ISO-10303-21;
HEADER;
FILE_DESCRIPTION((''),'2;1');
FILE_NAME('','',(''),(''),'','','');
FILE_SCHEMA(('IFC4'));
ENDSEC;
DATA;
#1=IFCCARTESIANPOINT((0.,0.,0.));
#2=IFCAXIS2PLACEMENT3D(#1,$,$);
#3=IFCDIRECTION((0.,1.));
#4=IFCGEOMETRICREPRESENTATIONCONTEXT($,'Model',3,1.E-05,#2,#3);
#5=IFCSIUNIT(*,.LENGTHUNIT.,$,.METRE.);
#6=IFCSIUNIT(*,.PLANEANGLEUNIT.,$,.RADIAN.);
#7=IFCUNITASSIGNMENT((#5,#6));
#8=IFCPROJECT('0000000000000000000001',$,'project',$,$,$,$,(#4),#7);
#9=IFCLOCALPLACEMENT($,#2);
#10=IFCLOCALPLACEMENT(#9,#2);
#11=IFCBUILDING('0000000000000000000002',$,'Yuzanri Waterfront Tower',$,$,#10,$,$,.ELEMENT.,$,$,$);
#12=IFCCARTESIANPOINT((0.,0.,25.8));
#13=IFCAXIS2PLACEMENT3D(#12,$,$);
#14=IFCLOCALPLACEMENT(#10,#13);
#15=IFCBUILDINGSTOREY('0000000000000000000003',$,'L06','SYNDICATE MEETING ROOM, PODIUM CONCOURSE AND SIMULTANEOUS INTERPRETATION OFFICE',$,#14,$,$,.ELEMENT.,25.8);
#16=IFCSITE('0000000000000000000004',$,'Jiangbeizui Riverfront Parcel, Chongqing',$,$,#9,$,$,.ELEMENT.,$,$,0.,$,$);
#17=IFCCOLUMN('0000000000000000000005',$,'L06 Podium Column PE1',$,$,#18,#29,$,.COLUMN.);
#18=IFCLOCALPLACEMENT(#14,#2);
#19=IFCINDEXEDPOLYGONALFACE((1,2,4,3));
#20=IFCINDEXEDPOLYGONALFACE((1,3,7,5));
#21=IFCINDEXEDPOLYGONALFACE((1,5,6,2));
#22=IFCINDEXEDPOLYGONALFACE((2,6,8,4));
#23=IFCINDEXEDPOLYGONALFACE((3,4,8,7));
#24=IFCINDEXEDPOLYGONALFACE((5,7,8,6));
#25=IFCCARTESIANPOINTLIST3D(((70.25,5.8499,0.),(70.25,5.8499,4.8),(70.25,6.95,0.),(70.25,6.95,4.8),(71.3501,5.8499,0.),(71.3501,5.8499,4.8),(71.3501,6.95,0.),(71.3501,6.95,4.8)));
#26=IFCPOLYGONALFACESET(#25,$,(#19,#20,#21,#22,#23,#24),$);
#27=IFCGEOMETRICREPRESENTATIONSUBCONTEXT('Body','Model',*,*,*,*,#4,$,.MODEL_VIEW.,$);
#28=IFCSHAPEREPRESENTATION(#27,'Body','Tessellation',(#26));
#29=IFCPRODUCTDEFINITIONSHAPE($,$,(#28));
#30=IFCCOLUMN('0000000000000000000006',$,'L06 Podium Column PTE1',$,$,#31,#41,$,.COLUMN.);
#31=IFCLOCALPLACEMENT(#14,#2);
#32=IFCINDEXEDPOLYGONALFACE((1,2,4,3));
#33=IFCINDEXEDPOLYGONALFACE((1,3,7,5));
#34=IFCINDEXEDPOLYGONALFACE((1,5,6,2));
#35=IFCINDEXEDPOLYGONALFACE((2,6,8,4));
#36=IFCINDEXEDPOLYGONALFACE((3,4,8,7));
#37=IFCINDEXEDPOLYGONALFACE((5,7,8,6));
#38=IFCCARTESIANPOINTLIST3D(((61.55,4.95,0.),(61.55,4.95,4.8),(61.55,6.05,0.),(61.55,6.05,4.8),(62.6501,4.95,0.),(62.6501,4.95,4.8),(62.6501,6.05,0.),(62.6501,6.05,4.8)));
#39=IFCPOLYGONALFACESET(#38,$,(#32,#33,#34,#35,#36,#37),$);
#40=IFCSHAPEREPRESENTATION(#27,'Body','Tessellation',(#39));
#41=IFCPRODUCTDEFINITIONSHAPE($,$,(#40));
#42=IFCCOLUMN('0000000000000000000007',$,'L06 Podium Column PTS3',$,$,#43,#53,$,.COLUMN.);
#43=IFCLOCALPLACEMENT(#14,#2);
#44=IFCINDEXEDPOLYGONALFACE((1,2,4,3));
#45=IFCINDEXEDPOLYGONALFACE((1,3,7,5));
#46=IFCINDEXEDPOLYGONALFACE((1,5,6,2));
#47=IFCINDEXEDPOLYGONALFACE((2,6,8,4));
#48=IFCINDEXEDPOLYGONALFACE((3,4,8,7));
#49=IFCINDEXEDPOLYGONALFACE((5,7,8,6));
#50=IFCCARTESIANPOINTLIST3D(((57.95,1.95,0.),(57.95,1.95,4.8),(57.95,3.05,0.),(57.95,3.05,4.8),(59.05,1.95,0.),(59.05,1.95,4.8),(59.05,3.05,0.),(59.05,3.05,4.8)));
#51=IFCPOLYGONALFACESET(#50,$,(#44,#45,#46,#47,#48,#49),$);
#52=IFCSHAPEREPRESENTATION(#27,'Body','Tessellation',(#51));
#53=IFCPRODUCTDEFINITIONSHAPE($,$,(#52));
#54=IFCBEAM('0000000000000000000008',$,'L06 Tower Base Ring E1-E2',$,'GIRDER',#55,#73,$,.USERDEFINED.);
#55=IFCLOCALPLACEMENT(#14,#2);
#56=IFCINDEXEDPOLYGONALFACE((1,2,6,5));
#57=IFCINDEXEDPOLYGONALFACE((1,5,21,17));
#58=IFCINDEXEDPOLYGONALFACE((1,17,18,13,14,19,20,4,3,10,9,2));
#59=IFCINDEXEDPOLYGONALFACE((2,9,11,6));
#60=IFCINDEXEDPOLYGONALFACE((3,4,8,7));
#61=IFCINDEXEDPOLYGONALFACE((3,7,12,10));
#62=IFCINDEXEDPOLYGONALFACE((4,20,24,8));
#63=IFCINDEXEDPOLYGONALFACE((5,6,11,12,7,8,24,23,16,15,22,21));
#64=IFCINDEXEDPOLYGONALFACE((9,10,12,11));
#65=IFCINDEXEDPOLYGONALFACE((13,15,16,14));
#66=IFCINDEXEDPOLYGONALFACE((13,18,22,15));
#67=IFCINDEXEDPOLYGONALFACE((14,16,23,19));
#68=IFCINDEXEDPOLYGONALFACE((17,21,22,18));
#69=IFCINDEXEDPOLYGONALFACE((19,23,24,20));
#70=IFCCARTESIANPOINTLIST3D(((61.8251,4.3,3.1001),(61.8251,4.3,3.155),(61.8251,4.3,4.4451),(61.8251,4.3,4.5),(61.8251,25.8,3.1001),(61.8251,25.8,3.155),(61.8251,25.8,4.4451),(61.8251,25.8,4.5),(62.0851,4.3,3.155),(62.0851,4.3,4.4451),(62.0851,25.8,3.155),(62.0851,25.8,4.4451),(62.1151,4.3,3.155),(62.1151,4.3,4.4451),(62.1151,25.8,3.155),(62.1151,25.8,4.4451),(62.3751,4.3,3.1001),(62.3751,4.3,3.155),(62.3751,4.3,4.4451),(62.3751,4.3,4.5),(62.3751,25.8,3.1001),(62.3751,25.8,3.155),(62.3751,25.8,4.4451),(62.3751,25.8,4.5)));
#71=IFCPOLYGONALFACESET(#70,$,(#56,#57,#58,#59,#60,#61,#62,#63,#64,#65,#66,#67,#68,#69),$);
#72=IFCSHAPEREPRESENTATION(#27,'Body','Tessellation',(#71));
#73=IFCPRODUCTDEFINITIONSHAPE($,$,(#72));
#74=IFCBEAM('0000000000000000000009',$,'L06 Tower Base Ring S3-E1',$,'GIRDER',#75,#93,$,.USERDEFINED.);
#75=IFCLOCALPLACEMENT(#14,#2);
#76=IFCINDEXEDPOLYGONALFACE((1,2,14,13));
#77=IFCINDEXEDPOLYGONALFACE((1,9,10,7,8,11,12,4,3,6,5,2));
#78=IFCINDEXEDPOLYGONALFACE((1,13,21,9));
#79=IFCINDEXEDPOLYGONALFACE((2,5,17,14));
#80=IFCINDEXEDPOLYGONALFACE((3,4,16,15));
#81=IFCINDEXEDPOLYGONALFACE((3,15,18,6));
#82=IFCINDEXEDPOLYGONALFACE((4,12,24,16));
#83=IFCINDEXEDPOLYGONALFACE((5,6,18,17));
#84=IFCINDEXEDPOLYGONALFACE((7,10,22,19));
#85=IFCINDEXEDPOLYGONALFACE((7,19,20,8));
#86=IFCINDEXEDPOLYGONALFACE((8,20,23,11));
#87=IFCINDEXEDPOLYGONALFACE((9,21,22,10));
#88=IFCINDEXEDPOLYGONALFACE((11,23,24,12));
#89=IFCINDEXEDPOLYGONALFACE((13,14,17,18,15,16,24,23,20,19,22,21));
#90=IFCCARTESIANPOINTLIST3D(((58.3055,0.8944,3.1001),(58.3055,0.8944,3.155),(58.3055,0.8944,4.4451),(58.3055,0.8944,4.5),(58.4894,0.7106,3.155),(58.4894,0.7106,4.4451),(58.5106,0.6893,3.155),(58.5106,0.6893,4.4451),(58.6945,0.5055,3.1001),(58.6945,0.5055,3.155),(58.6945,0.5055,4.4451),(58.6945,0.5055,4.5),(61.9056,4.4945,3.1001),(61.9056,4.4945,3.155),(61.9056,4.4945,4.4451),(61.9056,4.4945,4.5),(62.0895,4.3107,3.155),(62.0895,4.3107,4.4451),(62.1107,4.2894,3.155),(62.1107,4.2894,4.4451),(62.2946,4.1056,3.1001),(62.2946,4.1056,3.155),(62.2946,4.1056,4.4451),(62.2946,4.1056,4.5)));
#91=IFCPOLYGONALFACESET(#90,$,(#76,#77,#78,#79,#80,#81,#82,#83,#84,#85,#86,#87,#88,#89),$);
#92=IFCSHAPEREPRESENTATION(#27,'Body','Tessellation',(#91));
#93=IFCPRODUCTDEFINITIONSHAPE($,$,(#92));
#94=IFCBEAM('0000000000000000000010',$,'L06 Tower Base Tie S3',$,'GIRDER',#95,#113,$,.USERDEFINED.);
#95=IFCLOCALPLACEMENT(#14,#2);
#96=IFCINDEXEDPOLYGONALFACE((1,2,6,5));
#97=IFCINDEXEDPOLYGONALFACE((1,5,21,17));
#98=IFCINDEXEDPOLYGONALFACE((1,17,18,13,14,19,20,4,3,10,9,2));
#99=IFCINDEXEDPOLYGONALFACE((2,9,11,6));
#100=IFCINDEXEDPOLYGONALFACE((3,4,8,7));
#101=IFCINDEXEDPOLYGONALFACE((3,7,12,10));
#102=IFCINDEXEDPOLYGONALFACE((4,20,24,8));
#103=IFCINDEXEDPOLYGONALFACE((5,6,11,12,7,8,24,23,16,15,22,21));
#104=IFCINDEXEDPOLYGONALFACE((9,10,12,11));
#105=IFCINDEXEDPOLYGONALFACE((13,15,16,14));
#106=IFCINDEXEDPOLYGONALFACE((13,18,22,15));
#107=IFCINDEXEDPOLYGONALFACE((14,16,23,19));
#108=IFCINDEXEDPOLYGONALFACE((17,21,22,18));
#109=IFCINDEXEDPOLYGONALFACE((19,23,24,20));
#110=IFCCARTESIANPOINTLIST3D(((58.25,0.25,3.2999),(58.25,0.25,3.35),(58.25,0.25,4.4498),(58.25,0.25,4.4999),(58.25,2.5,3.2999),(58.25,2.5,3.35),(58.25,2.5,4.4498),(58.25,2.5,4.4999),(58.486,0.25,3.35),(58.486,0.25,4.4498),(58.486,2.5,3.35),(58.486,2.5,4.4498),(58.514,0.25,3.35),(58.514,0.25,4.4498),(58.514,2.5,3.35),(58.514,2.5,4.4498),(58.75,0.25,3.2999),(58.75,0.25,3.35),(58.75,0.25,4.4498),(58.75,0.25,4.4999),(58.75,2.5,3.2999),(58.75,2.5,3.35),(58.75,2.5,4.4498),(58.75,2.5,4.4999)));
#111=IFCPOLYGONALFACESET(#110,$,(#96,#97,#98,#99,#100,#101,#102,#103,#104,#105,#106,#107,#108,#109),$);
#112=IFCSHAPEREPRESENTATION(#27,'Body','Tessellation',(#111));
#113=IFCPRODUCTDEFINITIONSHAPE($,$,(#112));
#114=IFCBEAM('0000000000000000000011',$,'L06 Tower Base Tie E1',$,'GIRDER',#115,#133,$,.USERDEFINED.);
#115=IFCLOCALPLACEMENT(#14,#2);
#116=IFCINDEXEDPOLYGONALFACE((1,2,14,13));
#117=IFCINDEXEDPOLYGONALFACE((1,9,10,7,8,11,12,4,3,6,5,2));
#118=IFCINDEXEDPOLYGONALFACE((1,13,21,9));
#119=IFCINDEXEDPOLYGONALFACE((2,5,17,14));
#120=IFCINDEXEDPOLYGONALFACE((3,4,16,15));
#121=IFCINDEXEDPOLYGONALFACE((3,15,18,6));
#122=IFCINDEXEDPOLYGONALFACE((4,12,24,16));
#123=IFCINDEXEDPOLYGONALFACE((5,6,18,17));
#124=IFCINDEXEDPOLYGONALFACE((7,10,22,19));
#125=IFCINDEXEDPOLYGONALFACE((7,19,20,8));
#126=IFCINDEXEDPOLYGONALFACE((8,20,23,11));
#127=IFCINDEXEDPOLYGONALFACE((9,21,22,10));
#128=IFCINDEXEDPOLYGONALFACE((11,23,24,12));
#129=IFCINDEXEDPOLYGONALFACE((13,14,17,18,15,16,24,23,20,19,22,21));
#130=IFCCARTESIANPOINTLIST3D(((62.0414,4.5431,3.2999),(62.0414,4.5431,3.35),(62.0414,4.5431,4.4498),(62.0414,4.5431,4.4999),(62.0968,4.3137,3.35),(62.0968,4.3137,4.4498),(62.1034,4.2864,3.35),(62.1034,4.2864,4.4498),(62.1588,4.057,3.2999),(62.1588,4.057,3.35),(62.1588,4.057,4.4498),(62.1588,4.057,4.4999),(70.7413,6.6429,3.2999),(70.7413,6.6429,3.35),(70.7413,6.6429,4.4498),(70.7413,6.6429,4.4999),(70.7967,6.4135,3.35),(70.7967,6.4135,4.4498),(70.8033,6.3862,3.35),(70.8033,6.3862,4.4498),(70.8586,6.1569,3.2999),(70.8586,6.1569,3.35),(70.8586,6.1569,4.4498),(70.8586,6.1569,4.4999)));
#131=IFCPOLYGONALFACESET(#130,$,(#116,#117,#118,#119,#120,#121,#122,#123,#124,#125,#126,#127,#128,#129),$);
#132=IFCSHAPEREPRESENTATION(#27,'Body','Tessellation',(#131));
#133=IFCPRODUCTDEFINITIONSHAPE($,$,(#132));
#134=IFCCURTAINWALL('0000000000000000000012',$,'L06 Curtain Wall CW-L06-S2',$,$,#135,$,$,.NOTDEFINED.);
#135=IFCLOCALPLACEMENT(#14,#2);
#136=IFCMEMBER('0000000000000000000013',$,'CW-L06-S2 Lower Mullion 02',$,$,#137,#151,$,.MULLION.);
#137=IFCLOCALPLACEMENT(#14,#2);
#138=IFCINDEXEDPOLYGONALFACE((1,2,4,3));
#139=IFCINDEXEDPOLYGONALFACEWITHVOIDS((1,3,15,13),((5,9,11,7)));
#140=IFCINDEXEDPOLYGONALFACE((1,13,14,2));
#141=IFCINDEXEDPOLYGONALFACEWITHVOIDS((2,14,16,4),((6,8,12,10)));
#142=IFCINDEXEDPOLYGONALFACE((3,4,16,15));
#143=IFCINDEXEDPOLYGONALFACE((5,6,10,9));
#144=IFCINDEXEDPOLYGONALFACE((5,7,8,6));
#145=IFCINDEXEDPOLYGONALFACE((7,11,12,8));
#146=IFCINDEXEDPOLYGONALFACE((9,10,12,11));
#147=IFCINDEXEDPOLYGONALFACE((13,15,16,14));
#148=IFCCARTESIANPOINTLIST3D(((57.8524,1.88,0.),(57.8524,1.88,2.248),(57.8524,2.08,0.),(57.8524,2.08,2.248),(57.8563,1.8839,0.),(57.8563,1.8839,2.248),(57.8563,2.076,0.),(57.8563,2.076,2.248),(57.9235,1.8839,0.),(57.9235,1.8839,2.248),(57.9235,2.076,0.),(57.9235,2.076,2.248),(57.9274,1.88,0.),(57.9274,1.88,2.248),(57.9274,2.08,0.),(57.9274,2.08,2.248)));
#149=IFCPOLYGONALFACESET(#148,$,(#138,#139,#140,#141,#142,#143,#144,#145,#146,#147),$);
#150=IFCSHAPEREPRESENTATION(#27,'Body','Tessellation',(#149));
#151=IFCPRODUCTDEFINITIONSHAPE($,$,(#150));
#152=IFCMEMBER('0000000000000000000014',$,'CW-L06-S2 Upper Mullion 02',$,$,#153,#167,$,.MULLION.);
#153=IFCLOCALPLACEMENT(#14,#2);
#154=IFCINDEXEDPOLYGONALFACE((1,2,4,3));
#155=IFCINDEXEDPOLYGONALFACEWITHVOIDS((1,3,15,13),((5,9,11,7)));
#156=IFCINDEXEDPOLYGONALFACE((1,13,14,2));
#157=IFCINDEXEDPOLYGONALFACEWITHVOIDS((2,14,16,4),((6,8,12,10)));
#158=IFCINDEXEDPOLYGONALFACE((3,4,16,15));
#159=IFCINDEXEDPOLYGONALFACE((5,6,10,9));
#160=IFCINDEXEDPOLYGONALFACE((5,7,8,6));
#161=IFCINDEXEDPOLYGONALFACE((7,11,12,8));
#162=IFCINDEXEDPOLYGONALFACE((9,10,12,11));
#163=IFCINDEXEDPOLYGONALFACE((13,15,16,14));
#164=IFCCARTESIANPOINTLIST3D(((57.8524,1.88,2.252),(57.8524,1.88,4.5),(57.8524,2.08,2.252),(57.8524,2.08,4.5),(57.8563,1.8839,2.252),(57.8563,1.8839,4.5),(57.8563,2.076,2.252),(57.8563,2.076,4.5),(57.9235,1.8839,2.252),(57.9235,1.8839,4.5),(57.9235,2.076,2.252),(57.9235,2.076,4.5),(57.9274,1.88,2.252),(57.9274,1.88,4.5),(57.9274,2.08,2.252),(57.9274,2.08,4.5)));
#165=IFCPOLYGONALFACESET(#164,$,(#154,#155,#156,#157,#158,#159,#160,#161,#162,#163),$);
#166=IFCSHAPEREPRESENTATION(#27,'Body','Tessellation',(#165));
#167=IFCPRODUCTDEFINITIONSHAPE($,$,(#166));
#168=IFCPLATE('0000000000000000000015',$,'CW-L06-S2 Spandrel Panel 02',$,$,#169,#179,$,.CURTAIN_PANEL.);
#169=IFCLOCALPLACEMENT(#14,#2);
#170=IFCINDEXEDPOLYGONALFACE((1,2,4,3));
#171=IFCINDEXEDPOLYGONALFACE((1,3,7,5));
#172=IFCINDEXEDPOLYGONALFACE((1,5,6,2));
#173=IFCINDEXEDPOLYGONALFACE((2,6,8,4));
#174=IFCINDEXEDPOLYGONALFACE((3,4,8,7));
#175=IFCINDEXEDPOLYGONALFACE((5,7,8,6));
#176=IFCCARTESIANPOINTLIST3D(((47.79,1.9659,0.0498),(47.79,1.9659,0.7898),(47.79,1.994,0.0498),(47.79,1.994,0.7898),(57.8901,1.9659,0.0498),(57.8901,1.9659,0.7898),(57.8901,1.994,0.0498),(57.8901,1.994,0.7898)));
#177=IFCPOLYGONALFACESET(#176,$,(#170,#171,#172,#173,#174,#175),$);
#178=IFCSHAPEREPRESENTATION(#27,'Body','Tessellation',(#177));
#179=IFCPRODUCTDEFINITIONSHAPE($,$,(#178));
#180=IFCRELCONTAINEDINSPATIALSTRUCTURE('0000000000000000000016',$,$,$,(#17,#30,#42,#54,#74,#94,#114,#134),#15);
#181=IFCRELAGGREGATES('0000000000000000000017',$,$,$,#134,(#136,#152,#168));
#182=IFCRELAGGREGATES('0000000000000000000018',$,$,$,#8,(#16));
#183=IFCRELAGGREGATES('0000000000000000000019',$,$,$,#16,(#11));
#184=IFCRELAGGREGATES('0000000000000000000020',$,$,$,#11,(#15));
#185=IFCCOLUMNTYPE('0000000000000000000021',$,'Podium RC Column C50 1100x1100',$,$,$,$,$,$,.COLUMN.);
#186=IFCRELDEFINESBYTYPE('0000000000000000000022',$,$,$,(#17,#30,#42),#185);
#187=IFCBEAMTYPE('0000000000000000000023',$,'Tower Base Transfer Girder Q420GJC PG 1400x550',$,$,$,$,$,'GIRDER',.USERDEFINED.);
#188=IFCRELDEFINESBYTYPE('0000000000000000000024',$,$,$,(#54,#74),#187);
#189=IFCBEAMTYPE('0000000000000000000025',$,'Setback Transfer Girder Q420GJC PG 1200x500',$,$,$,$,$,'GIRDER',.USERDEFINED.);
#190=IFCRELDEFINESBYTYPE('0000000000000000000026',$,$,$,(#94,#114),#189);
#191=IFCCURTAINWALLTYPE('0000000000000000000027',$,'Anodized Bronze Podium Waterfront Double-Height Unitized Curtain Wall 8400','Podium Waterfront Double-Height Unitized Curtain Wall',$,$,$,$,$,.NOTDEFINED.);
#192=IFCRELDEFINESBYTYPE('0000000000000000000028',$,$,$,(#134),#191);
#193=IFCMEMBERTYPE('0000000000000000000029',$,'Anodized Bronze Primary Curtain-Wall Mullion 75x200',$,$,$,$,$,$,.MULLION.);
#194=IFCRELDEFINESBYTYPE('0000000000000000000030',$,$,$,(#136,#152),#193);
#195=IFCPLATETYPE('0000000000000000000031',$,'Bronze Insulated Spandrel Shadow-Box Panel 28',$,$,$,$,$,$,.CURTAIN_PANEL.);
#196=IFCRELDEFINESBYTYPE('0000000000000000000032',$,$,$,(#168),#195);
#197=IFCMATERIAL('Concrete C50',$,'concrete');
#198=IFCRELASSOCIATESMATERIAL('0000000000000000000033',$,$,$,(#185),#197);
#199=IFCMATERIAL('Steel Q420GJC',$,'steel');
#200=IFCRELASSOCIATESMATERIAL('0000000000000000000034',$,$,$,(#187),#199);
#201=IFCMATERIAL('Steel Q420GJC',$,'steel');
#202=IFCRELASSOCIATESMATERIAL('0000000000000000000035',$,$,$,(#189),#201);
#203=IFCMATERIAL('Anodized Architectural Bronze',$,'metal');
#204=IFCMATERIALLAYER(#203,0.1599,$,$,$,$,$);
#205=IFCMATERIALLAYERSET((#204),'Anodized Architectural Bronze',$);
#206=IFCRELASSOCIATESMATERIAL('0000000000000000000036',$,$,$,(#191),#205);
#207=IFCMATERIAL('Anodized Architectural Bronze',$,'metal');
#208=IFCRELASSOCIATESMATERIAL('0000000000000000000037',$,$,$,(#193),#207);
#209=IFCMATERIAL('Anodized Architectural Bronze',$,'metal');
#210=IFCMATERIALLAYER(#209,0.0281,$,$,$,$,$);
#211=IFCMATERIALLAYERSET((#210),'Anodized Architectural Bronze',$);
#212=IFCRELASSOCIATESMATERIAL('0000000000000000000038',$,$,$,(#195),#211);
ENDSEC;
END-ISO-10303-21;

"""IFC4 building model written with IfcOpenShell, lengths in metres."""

from ifc_helpers import new_model, si_unit, direction, frame, origin, origin_2d, place, context, subcontext, project, spatial, rectangle, hollow_rectangle, i_section, extrude, source, transform, mapped, material, layer, layer_set, material_profile, profile_set, type_object, element, aggregate, save


model = new_model("IFC4")

# Units and contexts
model_context = context("Model", 3, precision=1e-05, world=origin(), true_north=direction((0.0, 1.0)))
body_context = subcontext(model_context, "Body", "Model", "MODEL_VIEW")
ifc_project = project(units=[si_unit("LENGTHUNIT", "METRE"), si_unit("PLANEANGLEUNIT", "RADIAN")], contexts=[model_context])

# Site, building, storey
site_placement = place(None, origin())
site = spatial("IfcSite", under=ifc_project, at=site_placement, Name="Jiangbeizui Riverfront Parcel, Chongqing", CompositionType="ELEMENT", RefElevation=0.0)
building_placement = place(site_placement, origin())
building = spatial("IfcBuilding", under=site, at=building_placement, Name="Yuzanri Waterfront Tower", CompositionType="ELEMENT")
storey_placement = place(building_placement, frame((0.0, 0.0, 25.8)))
storey = spatial("IfcBuildingStorey", under=building, at=storey_placement, Name="L06", Description="SYNDICATE MEETING ROOM, PODIUM CONCOURSE AND SIMULTANEOUS INTERPRETATION OFFICE", CompositionType="ELEMENT", Elevation=25.8)

# Columns
ifc_material_1 = material(Name="Concrete C50", Category="concrete")
ifc_material_profile_1 = material_profile(ifc_material_1, rectangle(XDim=1.1001, YDim=1.1001, at=origin_2d()), Name="RC 1100x1100")
ifc_profile_set_1 = profile_set([ifc_material_profile_1], Name="Concrete C50")
column_type = type_object("IfcColumnType", Name="Podium RC Column C50 1100x1100", PredefinedType="COLUMN", material=ifc_profile_set_1)
shared_shape_1 = source(origin(), body_context, "Body", "SweptSolid", [
    extrude(rectangle(XDim=1.1001, YDim=1.1001, at=origin_2d()), origin(), (0.0, 0.0, 1.0), 4.8),
])
for number, where, z_axis, x_axis, name in (
    (1, (70.8, 6.3999, 0.0), (0.0, 0.0, 1.0), (1.0, 0.0, 0.0), "L06 Podium Column PE1"),
    (2, (62.1001, 5.5, 0.0), (0.0, 0.0, 1.0), (1.0, 0.0, 0.0), "L06 Podium Column PTE1"),
    (3, (58.5, 2.5, 0.0), (0.0, 0.0, 1.0), (1.0, 0.0, 0.0), "L06 Podium Column PTS3"),
):
    element("IfcColumn", number, at=place(storey_placement, frame(where, z_axis=z_axis, x_axis=x_axis)), inside=storey, type_object=column_type, Name=name, PredefinedType="COLUMN", context=body_context, shape_type="MappedRepresentation", body=[
        mapped(shared_shape_1, transform((0.0, 0.0, 0.0), scale=1.0)),
    ])

# Beams
ifc_material_2 = material(Name="Steel Q420GJC", Category="steel")
ifc_material_profile_2 = material_profile(ifc_material_2, i_section(OverallWidth=0.55, OverallDepth=1.3999, WebThickness=0.03, FlangeThickness=0.0549, at=origin_2d()), Name="PG 1400x550x30x55")
ifc_profile_set_2 = profile_set([ifc_material_profile_2], Name="Steel Q420GJC")
beam_type_1 = type_object("IfcBeamType", Name="Tower Base Transfer Girder Q420GJC PG 1400x550", ElementType="GIRDER", PredefinedType="USERDEFINED", material=ifc_profile_set_2)
shared_shape_2 = source(origin(), body_context, "Body", "SweptSolid", [
    extrude(i_section(OverallWidth=0.55, OverallDepth=1.3999, WebThickness=0.03, FlangeThickness=0.0549, at=origin_2d()), origin(), (0.0, 0.0, 1.0), 21.5),
])
beam_1_placement = place(storey_placement, frame((62.1001, 4.3, 3.8), z_axis=(0.0, 1.0, 0.0), x_axis=(-1.0, 0.0, 0.0)))
element("IfcBeam", 4, at=beam_1_placement, inside=storey, type_object=beam_type_1, Name="L06 Tower Base Ring E1-E2", ObjectType="GIRDER", PredefinedType="USERDEFINED", context=body_context, shape_type="MappedRepresentation", body=[
    mapped(shared_shape_2, transform((0.0, 0.0, 0.0), scale=1.0)),
])
shared_shape_3 = source(origin(), body_context, "Body", "SweptSolid", [
    extrude(i_section(OverallWidth=0.55, OverallDepth=1.3999, WebThickness=0.03, FlangeThickness=0.0549, at=origin_2d()), origin(), (0.0, 0.0, 1.0), 5.0913),
])
beam_2_placement = place(storey_placement, frame((58.5, 0.7, 3.8), z_axis=(0.707107, 0.707107, 0.0), x_axis=(-0.707107, 0.707107, 0.0)))
element("IfcBeam", 5, at=beam_2_placement, inside=storey, type_object=beam_type_1, Name="L06 Tower Base Ring S3-E1", ObjectType="GIRDER", PredefinedType="USERDEFINED", context=body_context, shape_type="MappedRepresentation", body=[
    mapped(shared_shape_3, transform((0.0, 0.0, 0.0), scale=1.0)),
])
ifc_material_3 = material(Name="Steel Q420GJC", Category="steel")
ifc_material_profile_3 = material_profile(ifc_material_3, i_section(OverallWidth=0.5, OverallDepth=1.2, WebThickness=0.0281, FlangeThickness=0.05, at=origin_2d()), Name="PG 1200x500x28x50")
ifc_profile_set_3 = profile_set([ifc_material_profile_3], Name="Steel Q420GJC")
beam_type_2 = type_object("IfcBeamType", Name="Setback Transfer Girder Q420GJC PG 1200x500", ElementType="GIRDER", PredefinedType="USERDEFINED", material=ifc_profile_set_3)
shared_shape_4 = source(origin(), body_context, "Body", "SweptSolid", [
    extrude(i_section(OverallWidth=0.5, OverallDepth=1.2, WebThickness=0.0281, FlangeThickness=0.05, at=origin_2d()), origin(), (0.0, 0.0, 1.0), 2.25),
])
beam_3_placement = place(storey_placement, frame((58.5, 0.25, 3.8999), z_axis=(0.0, 1.0, 0.0), x_axis=(-1.0, 0.0, 0.0)))
element("IfcBeam", 6, at=beam_3_placement, inside=storey, type_object=beam_type_2, Name="L06 Tower Base Tie S3", ObjectType="GIRDER", PredefinedType="USERDEFINED", context=body_context, shape_type="MappedRepresentation", body=[
    mapped(shared_shape_4, transform((0.0, 0.0, 0.0), scale=1.0)),
])
shared_shape_5 = source(origin(), body_context, "Body", "SweptSolid", [
    extrude(i_section(OverallWidth=0.5, OverallDepth=1.2, WebThickness=0.0281, FlangeThickness=0.05, at=origin_2d()), origin(), (0.0, 0.0, 1.0), 8.9497),
])
beam_4_placement = place(storey_placement, frame((62.1001, 4.3, 3.8999), z_axis=(0.972086, 0.234626, 0.0), x_axis=(-0.234626, 0.972086, 0.0)))
element("IfcBeam", 7, at=beam_4_placement, inside=storey, type_object=beam_type_2, Name="L06 Tower Base Tie E1", ObjectType="GIRDER", PredefinedType="USERDEFINED", context=body_context, shape_type="MappedRepresentation", body=[
    mapped(shared_shape_5, transform((0.0, 0.0, 0.0), scale=1.0)),
])

# Curtain wall, members, plate
ifc_material_4 = material(Name="Anodized Architectural Bronze", Category="metal")
ifc_layer_1 = layer(ifc_material_4, 0.1599)
ifc_layer_set_1 = layer_set([ifc_layer_1], Name="Anodized Architectural Bronze")
curtain_wall_type = type_object("IfcCurtainWallType", Name="Anodized Bronze Podium Waterfront Double-Height Unitized Curtain Wall 8400", Description="Podium Waterfront Double-Height Unitized Curtain Wall", PredefinedType="NOTDEFINED", material=ifc_layer_set_1)
curtain_wall_placement = place(storey_placement, origin())
curtain_wall = element("IfcCurtainWall", 8, at=curtain_wall_placement, inside=storey, type_object=curtain_wall_type, Name="L06 Curtain Wall CW-L06-S2", PredefinedType="NOTDEFINED")
ifc_material_5 = material(Name="Anodized Architectural Bronze", Category="metal")
ifc_material_profile_4 = material_profile(ifc_material_5, hollow_rectangle(XDim=0.075, YDim=0.2, WallThickness=0.0039, at=origin_2d()), Name="CWM 75x200")
ifc_profile_set_4 = profile_set([ifc_material_profile_4], Name="Anodized Architectural Bronze")
member_type = type_object("IfcMemberType", Name="Anodized Bronze Primary Curtain-Wall Mullion 75x200", PredefinedType="MULLION", material=ifc_profile_set_4)
shared_shape_6 = source(origin(), body_context, "Body", "SweptSolid", [
    extrude(hollow_rectangle(XDim=0.075, YDim=0.2, WallThickness=0.0039, at=origin_2d()), origin(), (0.0, 0.0, 1.0), 2.248),
])
member_1_placement = place(storey_placement, frame((57.8899, 1.98, 0.0), z_axis=(0.0, 0.0, 1.0), x_axis=(1.0, 0.0, 0.0)))
member_1 = element("IfcMember", 9, at=member_1_placement, type_object=member_type, Name="CW-L06-S2 Lower Mullion 02", PredefinedType="MULLION", context=body_context, shape_type="MappedRepresentation", body=[
    mapped(shared_shape_6, transform((0.0, 0.0, 0.0), scale=1.0)),
])
member_2_placement = place(storey_placement, frame((57.8899, 1.98, 2.252), z_axis=(0.0, 0.0, 1.0), x_axis=(1.0, 0.0, 0.0)))
member_2 = element("IfcMember", 10, at=member_2_placement, type_object=member_type, Name="CW-L06-S2 Upper Mullion 02", PredefinedType="MULLION", context=body_context, shape_type="MappedRepresentation", body=[
    mapped(shared_shape_6, transform((0.0, 0.0, 0.0), scale=1.0)),
])
ifc_material_6 = material(Name="Anodized Architectural Bronze", Category="metal")
ifc_layer_2 = layer(ifc_material_6, 0.0281)
ifc_layer_set_2 = layer_set([ifc_layer_2], Name="Anodized Architectural Bronze")
plate_type_1 = type_object("IfcPlateType", Name="Bronze Insulated Spandrel Shadow-Box Panel 28", PredefinedType="CURTAIN_PANEL", material=ifc_layer_set_2)
shared_shape_7 = source(origin(), body_context, "Body", "SweptSolid", [
    extrude(rectangle(XDim=10.1001, YDim=0.0281, at=origin_2d()), origin(), (0.0, 0.0, 1.0), 0.74),
])
plate_1_placement = place(storey_placement, frame((52.8401, 1.98, 0.0498), z_axis=(0.0, 0.0, 1.0), x_axis=(1.0, 0.0, 0.0)))
plate_1 = element("IfcPlate", 11, at=plate_1_placement, type_object=plate_type_1, Name="CW-L06-S2 Spandrel Panel 02", PredefinedType="CURTAIN_PANEL", context=body_context, shape_type="MappedRepresentation", body=[
    mapped(shared_shape_7, transform((0.0, 0.0, 0.0), scale=1.0)),
])
aggregate(curtain_wall, [member_1, member_2, plate_1])

save(model, "model.ifc")
